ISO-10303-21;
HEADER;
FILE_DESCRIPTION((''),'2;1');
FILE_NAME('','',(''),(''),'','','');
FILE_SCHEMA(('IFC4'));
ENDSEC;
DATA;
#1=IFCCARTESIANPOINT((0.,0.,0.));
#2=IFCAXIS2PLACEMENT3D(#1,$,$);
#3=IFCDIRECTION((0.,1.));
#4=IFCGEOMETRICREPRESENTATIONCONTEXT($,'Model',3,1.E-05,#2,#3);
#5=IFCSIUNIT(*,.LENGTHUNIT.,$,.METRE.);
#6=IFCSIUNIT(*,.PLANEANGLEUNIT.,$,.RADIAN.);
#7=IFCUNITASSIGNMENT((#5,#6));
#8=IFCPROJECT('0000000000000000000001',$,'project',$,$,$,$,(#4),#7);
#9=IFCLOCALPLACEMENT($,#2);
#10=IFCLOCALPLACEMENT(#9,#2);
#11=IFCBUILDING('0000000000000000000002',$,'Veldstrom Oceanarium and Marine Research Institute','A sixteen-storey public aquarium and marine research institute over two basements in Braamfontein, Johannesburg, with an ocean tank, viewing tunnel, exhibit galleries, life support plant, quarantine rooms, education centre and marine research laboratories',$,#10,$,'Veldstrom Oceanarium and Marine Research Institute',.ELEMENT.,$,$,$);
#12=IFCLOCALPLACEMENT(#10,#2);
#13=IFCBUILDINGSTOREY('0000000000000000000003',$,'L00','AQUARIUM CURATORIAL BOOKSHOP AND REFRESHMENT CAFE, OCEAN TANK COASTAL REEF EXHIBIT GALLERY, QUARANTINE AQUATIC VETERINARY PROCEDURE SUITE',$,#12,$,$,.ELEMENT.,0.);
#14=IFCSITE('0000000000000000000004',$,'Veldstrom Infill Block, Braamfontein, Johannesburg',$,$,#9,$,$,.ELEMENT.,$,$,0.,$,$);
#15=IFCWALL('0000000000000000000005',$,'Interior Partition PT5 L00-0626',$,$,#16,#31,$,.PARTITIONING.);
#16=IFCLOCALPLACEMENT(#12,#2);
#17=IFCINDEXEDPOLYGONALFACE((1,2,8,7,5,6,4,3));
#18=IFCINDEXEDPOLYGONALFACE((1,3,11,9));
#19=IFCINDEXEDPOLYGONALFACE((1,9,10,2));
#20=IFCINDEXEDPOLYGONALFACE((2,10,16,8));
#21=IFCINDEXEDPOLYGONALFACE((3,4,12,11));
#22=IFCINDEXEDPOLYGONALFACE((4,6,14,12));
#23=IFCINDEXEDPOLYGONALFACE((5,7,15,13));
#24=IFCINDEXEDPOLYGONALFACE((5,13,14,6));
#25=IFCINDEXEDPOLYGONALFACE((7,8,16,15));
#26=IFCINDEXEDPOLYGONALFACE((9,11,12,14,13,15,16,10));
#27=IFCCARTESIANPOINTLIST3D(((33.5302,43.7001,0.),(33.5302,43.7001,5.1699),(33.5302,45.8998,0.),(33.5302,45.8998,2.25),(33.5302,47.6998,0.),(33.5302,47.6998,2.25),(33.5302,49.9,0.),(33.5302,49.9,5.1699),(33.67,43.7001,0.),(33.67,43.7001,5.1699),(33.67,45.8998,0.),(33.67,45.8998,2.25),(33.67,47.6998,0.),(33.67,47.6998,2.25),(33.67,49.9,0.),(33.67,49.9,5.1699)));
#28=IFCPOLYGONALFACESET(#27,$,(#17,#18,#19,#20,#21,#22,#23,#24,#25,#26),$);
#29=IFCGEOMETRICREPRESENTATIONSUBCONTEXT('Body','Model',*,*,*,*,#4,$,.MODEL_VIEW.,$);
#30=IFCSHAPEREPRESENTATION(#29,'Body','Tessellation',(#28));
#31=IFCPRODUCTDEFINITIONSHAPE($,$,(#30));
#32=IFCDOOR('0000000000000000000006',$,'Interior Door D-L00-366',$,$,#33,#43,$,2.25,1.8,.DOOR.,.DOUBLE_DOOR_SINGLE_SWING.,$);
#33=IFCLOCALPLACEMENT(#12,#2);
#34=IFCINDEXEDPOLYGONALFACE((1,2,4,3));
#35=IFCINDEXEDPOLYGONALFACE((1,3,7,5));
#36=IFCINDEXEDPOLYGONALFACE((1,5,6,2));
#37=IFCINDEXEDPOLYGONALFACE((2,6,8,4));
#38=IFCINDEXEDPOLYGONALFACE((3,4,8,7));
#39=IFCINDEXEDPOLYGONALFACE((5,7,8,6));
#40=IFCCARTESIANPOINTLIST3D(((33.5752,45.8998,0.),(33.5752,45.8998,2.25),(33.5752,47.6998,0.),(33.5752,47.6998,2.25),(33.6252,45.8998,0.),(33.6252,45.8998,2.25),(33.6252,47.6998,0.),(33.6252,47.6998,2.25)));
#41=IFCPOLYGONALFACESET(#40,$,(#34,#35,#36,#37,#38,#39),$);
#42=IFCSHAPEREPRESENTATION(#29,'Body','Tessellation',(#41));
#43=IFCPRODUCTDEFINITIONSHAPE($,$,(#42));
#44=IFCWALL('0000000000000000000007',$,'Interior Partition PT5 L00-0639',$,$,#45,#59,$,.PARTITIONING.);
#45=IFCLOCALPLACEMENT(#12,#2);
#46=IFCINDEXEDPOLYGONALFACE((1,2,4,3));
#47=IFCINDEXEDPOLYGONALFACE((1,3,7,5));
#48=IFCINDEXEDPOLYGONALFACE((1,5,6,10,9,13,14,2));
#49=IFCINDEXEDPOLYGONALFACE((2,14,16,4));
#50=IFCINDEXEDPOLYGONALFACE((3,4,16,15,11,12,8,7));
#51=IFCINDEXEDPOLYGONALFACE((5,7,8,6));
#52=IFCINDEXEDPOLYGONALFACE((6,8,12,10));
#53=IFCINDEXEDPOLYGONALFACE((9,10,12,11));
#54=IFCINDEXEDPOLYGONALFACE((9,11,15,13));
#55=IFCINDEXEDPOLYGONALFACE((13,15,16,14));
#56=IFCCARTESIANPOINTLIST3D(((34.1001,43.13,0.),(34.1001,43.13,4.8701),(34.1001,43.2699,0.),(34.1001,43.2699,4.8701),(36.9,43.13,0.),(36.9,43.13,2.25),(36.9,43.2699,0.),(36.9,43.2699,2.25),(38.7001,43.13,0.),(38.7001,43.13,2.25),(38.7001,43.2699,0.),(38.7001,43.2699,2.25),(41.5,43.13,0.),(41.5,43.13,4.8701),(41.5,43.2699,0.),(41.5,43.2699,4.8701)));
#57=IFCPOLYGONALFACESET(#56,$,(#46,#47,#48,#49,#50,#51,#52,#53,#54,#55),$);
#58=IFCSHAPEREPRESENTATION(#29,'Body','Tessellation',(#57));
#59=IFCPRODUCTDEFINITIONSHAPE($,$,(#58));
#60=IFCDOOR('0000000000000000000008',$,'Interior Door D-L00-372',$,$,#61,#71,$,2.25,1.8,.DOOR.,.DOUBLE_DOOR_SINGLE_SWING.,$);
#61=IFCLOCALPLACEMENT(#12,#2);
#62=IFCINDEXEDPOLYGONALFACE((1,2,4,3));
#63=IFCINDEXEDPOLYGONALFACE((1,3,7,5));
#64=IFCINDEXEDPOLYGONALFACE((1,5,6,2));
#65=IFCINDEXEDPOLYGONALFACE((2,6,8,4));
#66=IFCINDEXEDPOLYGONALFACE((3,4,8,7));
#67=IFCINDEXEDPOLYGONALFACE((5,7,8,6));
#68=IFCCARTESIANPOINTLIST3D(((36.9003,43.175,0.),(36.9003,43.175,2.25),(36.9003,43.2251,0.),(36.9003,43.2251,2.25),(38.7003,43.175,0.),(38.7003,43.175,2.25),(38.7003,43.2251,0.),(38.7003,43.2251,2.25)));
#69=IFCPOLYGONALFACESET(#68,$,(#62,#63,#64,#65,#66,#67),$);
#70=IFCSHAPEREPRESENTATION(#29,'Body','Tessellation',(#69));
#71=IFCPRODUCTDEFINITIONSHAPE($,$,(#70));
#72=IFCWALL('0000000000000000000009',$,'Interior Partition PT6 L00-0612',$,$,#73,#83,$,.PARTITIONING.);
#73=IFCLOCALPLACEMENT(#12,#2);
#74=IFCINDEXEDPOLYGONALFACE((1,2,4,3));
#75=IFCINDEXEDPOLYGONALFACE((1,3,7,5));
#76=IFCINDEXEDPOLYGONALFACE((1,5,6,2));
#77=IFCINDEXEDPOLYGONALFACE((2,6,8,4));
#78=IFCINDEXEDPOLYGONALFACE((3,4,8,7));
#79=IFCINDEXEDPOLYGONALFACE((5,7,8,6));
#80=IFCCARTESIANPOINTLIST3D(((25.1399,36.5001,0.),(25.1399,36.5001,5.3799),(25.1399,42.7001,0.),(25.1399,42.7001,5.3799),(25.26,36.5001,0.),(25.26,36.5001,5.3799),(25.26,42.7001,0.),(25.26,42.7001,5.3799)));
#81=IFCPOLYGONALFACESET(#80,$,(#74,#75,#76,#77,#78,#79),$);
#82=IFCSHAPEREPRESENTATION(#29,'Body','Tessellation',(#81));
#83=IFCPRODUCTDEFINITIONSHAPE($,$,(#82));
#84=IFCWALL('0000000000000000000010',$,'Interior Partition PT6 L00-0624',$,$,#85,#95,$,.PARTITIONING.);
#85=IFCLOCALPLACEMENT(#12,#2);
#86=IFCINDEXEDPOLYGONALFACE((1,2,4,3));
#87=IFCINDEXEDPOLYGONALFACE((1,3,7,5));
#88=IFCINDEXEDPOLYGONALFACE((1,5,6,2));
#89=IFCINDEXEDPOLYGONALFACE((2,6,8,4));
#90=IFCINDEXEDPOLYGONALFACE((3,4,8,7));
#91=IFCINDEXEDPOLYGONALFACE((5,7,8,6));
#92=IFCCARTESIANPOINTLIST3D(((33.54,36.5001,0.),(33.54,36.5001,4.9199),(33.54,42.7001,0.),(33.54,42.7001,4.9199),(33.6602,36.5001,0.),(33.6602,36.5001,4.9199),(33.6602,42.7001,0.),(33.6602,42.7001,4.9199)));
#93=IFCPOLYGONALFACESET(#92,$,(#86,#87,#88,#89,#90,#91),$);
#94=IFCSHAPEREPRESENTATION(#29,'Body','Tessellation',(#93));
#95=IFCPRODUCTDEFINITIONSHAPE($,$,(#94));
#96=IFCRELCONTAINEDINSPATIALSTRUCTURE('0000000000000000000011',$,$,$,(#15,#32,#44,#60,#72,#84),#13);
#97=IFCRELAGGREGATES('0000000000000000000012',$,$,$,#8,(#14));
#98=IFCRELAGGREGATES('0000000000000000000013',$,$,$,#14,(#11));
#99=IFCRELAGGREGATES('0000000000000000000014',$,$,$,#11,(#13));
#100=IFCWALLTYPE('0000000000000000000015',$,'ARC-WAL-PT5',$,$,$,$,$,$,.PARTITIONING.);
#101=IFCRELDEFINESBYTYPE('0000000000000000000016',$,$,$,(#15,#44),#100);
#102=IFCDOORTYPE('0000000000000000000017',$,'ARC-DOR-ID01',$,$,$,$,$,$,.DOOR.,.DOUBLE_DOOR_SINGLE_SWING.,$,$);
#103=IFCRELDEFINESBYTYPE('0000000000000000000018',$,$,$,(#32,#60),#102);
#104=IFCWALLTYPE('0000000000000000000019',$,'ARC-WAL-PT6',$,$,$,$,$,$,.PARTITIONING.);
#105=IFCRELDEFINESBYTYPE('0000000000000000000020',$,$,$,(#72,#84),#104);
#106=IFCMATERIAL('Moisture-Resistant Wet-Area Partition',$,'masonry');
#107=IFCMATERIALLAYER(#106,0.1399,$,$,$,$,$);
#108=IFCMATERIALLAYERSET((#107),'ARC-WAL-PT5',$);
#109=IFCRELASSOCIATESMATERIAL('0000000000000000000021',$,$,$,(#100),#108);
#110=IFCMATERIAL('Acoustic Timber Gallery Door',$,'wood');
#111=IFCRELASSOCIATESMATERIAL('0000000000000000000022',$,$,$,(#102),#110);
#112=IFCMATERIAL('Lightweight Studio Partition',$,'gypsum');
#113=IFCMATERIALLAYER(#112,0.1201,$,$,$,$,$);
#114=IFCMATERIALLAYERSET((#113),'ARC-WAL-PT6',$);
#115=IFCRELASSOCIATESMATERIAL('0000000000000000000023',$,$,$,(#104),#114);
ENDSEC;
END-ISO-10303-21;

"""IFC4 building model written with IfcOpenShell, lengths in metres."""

from ifc_helpers import new_model, si_unit, direction, frame, frame_2d, origin, place, context, subcontext, project, spatial, rectangle, extrude, material, layer, layer_set, type_object, element, fill, save


model = new_model("IFC4")

# Units and contexts
model_context = context("Model", 3, precision=1e-05, world=origin(), true_north=direction((0.0, 1.0)))
body_context = subcontext(model_context, "Body", "Model", "MODEL_VIEW")
ifc_project = project(units=[si_unit("LENGTHUNIT", "METRE"), si_unit("PLANEANGLEUNIT", "RADIAN")], contexts=[model_context])

# Site, building, storey
site_placement = place(None, origin())
site = spatial("IfcSite", under=ifc_project, at=site_placement, Name="Veldstrom Infill Block, Braamfontein, Johannesburg", CompositionType="ELEMENT", RefElevation=0.0)
building_placement = place(site_placement, origin())
building = spatial("IfcBuilding", under=site, at=building_placement, Name="Veldstrom Oceanarium and Marine Research Institute", Description="A sixteen-storey public aquarium and marine research institute over two basements in Braamfontein, Johannesburg, with an ocean tank, viewing tunnel, exhibit galleries, life support plant, quarantine rooms, education centre and marine research laboratories", LongName="Veldstrom Oceanarium and Marine Research Institute", CompositionType="ELEMENT")
storey_placement = place(building_placement, origin())
storey = spatial("IfcBuildingStorey", under=building, at=storey_placement, Name="L00", Description="AQUARIUM CURATORIAL BOOKSHOP AND REFRESHMENT CAFE, OCEAN TANK COASTAL REEF EXHIBIT GALLERY, QUARANTINE AQUATIC VETERINARY PROCEDURE SUITE", CompositionType="ELEMENT", Elevation=0.0)

# Walls, openings, doors
ifc_material_1 = material(Name="Moisture-Resistant Wet-Area Partition", Category="masonry")
ifc_layer_1 = layer(ifc_material_1, 0.1399)
ifc_layer_set_1 = layer_set([ifc_layer_1], Name="ARC-WAL-PT5")
wall_type_1 = type_object("IfcWallType", Name="ARC-WAL-PT5", PredefinedType="PARTITIONING", material=ifc_layer_set_1)
ifc_material_2 = material(Name="Acoustic Timber Gallery Door", Category="wood")
door_type_1 = type_object("IfcDoorType", Name="ARC-DOR-ID01", OperationType="DOUBLE_DOOR_SINGLE_SWING", PredefinedType="DOOR", material=ifc_material_2)
wall_1_placement = place(storey_placement, frame((33.6001, 43.7, 0.0), z_axis=(0.0, 0.0, 1.0), x_axis=(0.0, 1.0, 0.0)))
wall_1 = element("IfcWall", 1, at=wall_1_placement, inside=storey, type_object=wall_type_1, Name="Interior Partition PT5 L00-0626", PredefinedType="PARTITIONING", context=body_context, shape_type="SweptSolid", body=[
    extrude(rectangle(XDim=6.2, YDim=0.1399, at=frame_2d((3.1001, 0.0))), origin(), (0.0, 0.0, 1.0), 5.1699),
])
opening_1_placement = place(wall_1_placement, frame((2.2, 0.0, 0.0)))
opening_1 = element("IfcOpeningElement", 2, at=opening_1_placement, cuts=wall_1, PredefinedType="OPENING", context=body_context, shape_type="SweptSolid", body=[
    extrude(rectangle(XDim=1.8, YDim=2.25, at=frame_2d((0.8999, 1.125))), frame((0.0, 0.0798, 0.0), z_axis=(0.0, -1.0, 0.0), x_axis=(1.0, 0.0, 0.0)), (0.0, 0.0, 1.0), 0.1599),
])
door_1_placement = place(opening_1_placement, origin())
door_1 = element("IfcDoor", 3, at=door_1_placement, inside=storey, type_object=door_type_1, Name="Interior Door D-L00-366", OperationType="DOUBLE_DOOR_SINGLE_SWING", OverallHeight=2.25, OverallWidth=1.8, PredefinedType="DOOR", context=body_context, shape_type="SweptSolid", body=[
    extrude(rectangle(XDim=1.8, YDim=2.25, at=frame_2d((0.8999, 1.125))), frame((0.0, 0.0249, 0.0), z_axis=(0.0, -1.0, 0.0), x_axis=(1.0, 0.0, 0.0)), (0.0, 0.0, 1.0), 0.05),
])
fill(opening_1, door_1)
wall_2_placement = place(storey_placement, frame((34.1001, 43.2, 0.0), z_axis=(0.0, 0.0, 1.0), x_axis=(1.0, 0.0, 0.0)))
wall_2 = element("IfcWall", 4, at=wall_2_placement, inside=storey, type_object=wall_type_1, Name="Interior Partition PT5 L00-0639", PredefinedType="PARTITIONING", context=body_context, shape_type="SweptSolid", body=[
    extrude(rectangle(XDim=7.3999, YDim=0.1399, at=frame_2d((3.7, 0.0))), origin(), (0.0, 0.0, 1.0), 4.8701),
])
opening_2_placement = place(wall_2_placement, frame((2.8, 0.0, 0.0)))
opening_2 = element("IfcOpeningElement", 5, at=opening_2_placement, cuts=wall_2, PredefinedType="OPENING", context=body_context, shape_type="SweptSolid", body=[
    extrude(rectangle(XDim=1.8, YDim=2.25, at=frame_2d((0.8999, 1.125))), frame((0.0, 0.0798, 0.0), z_axis=(0.0, -1.0, 0.0), x_axis=(1.0, 0.0, 0.0)), (0.0, 0.0, 1.0), 0.1599),
])
door_2_placement = place(opening_2_placement, frame((1.8, 0.0, 0.0), z_axis=(0.0, 0.0, 1.0), x_axis=(-1.0, 0.0, 0.0)))
door_2 = element("IfcDoor", 6, at=door_2_placement, inside=storey, type_object=door_type_1, Name="Interior Door D-L00-372", OperationType="DOUBLE_DOOR_SINGLE_SWING", OverallHeight=2.25, OverallWidth=1.8, PredefinedType="DOOR", context=body_context, shape_type="SweptSolid", body=[
    extrude(rectangle(XDim=1.8, YDim=2.25, at=frame_2d((0.8999, 1.125))), frame((0.0, 0.0249, 0.0), z_axis=(0.0, -1.0, 0.0), x_axis=(1.0, 0.0, 0.0)), (0.0, 0.0, 1.0), 0.05),
])
fill(opening_2, door_2)

# Walls
ifc_material_3 = material(Name="Lightweight Studio Partition", Category="gypsum")
ifc_layer_2 = layer(ifc_material_3, 0.1201)
ifc_layer_set_2 = layer_set([ifc_layer_2], Name="ARC-WAL-PT6")
wall_type_2 = type_object("IfcWallType", Name="ARC-WAL-PT6", PredefinedType="PARTITIONING", material=ifc_layer_set_2)
wall_3_placement = place(storey_placement, frame((25.2, 36.5, 0.0), z_axis=(0.0, 0.0, 1.0), x_axis=(0.0, 1.0, 0.0)))
element("IfcWall", 7, at=wall_3_placement, inside=storey, type_object=wall_type_2, Name="Interior Partition PT6 L00-0612", PredefinedType="PARTITIONING", context=body_context, shape_type="SweptSolid", body=[
    extrude(rectangle(XDim=6.2, YDim=0.1201, at=frame_2d((3.1001, 0.0))), origin(), (0.0, 0.0, 1.0), 5.3799),
])
wall_4_placement = place(storey_placement, frame((33.6001, 36.5, 0.0), z_axis=(0.0, 0.0, 1.0), x_axis=(0.0, 1.0, 0.0)))
element("IfcWall", 8, at=wall_4_placement, inside=storey, type_object=wall_type_2, Name="Interior Partition PT6 L00-0624", PredefinedType="PARTITIONING", context=body_context, shape_type="SweptSolid", body=[
    extrude(rectangle(XDim=6.2, YDim=0.1201, at=frame_2d((3.1001, 0.0))), origin(), (0.0, 0.0, 1.0), 4.9199),
])

save(model, "model.ifc")
